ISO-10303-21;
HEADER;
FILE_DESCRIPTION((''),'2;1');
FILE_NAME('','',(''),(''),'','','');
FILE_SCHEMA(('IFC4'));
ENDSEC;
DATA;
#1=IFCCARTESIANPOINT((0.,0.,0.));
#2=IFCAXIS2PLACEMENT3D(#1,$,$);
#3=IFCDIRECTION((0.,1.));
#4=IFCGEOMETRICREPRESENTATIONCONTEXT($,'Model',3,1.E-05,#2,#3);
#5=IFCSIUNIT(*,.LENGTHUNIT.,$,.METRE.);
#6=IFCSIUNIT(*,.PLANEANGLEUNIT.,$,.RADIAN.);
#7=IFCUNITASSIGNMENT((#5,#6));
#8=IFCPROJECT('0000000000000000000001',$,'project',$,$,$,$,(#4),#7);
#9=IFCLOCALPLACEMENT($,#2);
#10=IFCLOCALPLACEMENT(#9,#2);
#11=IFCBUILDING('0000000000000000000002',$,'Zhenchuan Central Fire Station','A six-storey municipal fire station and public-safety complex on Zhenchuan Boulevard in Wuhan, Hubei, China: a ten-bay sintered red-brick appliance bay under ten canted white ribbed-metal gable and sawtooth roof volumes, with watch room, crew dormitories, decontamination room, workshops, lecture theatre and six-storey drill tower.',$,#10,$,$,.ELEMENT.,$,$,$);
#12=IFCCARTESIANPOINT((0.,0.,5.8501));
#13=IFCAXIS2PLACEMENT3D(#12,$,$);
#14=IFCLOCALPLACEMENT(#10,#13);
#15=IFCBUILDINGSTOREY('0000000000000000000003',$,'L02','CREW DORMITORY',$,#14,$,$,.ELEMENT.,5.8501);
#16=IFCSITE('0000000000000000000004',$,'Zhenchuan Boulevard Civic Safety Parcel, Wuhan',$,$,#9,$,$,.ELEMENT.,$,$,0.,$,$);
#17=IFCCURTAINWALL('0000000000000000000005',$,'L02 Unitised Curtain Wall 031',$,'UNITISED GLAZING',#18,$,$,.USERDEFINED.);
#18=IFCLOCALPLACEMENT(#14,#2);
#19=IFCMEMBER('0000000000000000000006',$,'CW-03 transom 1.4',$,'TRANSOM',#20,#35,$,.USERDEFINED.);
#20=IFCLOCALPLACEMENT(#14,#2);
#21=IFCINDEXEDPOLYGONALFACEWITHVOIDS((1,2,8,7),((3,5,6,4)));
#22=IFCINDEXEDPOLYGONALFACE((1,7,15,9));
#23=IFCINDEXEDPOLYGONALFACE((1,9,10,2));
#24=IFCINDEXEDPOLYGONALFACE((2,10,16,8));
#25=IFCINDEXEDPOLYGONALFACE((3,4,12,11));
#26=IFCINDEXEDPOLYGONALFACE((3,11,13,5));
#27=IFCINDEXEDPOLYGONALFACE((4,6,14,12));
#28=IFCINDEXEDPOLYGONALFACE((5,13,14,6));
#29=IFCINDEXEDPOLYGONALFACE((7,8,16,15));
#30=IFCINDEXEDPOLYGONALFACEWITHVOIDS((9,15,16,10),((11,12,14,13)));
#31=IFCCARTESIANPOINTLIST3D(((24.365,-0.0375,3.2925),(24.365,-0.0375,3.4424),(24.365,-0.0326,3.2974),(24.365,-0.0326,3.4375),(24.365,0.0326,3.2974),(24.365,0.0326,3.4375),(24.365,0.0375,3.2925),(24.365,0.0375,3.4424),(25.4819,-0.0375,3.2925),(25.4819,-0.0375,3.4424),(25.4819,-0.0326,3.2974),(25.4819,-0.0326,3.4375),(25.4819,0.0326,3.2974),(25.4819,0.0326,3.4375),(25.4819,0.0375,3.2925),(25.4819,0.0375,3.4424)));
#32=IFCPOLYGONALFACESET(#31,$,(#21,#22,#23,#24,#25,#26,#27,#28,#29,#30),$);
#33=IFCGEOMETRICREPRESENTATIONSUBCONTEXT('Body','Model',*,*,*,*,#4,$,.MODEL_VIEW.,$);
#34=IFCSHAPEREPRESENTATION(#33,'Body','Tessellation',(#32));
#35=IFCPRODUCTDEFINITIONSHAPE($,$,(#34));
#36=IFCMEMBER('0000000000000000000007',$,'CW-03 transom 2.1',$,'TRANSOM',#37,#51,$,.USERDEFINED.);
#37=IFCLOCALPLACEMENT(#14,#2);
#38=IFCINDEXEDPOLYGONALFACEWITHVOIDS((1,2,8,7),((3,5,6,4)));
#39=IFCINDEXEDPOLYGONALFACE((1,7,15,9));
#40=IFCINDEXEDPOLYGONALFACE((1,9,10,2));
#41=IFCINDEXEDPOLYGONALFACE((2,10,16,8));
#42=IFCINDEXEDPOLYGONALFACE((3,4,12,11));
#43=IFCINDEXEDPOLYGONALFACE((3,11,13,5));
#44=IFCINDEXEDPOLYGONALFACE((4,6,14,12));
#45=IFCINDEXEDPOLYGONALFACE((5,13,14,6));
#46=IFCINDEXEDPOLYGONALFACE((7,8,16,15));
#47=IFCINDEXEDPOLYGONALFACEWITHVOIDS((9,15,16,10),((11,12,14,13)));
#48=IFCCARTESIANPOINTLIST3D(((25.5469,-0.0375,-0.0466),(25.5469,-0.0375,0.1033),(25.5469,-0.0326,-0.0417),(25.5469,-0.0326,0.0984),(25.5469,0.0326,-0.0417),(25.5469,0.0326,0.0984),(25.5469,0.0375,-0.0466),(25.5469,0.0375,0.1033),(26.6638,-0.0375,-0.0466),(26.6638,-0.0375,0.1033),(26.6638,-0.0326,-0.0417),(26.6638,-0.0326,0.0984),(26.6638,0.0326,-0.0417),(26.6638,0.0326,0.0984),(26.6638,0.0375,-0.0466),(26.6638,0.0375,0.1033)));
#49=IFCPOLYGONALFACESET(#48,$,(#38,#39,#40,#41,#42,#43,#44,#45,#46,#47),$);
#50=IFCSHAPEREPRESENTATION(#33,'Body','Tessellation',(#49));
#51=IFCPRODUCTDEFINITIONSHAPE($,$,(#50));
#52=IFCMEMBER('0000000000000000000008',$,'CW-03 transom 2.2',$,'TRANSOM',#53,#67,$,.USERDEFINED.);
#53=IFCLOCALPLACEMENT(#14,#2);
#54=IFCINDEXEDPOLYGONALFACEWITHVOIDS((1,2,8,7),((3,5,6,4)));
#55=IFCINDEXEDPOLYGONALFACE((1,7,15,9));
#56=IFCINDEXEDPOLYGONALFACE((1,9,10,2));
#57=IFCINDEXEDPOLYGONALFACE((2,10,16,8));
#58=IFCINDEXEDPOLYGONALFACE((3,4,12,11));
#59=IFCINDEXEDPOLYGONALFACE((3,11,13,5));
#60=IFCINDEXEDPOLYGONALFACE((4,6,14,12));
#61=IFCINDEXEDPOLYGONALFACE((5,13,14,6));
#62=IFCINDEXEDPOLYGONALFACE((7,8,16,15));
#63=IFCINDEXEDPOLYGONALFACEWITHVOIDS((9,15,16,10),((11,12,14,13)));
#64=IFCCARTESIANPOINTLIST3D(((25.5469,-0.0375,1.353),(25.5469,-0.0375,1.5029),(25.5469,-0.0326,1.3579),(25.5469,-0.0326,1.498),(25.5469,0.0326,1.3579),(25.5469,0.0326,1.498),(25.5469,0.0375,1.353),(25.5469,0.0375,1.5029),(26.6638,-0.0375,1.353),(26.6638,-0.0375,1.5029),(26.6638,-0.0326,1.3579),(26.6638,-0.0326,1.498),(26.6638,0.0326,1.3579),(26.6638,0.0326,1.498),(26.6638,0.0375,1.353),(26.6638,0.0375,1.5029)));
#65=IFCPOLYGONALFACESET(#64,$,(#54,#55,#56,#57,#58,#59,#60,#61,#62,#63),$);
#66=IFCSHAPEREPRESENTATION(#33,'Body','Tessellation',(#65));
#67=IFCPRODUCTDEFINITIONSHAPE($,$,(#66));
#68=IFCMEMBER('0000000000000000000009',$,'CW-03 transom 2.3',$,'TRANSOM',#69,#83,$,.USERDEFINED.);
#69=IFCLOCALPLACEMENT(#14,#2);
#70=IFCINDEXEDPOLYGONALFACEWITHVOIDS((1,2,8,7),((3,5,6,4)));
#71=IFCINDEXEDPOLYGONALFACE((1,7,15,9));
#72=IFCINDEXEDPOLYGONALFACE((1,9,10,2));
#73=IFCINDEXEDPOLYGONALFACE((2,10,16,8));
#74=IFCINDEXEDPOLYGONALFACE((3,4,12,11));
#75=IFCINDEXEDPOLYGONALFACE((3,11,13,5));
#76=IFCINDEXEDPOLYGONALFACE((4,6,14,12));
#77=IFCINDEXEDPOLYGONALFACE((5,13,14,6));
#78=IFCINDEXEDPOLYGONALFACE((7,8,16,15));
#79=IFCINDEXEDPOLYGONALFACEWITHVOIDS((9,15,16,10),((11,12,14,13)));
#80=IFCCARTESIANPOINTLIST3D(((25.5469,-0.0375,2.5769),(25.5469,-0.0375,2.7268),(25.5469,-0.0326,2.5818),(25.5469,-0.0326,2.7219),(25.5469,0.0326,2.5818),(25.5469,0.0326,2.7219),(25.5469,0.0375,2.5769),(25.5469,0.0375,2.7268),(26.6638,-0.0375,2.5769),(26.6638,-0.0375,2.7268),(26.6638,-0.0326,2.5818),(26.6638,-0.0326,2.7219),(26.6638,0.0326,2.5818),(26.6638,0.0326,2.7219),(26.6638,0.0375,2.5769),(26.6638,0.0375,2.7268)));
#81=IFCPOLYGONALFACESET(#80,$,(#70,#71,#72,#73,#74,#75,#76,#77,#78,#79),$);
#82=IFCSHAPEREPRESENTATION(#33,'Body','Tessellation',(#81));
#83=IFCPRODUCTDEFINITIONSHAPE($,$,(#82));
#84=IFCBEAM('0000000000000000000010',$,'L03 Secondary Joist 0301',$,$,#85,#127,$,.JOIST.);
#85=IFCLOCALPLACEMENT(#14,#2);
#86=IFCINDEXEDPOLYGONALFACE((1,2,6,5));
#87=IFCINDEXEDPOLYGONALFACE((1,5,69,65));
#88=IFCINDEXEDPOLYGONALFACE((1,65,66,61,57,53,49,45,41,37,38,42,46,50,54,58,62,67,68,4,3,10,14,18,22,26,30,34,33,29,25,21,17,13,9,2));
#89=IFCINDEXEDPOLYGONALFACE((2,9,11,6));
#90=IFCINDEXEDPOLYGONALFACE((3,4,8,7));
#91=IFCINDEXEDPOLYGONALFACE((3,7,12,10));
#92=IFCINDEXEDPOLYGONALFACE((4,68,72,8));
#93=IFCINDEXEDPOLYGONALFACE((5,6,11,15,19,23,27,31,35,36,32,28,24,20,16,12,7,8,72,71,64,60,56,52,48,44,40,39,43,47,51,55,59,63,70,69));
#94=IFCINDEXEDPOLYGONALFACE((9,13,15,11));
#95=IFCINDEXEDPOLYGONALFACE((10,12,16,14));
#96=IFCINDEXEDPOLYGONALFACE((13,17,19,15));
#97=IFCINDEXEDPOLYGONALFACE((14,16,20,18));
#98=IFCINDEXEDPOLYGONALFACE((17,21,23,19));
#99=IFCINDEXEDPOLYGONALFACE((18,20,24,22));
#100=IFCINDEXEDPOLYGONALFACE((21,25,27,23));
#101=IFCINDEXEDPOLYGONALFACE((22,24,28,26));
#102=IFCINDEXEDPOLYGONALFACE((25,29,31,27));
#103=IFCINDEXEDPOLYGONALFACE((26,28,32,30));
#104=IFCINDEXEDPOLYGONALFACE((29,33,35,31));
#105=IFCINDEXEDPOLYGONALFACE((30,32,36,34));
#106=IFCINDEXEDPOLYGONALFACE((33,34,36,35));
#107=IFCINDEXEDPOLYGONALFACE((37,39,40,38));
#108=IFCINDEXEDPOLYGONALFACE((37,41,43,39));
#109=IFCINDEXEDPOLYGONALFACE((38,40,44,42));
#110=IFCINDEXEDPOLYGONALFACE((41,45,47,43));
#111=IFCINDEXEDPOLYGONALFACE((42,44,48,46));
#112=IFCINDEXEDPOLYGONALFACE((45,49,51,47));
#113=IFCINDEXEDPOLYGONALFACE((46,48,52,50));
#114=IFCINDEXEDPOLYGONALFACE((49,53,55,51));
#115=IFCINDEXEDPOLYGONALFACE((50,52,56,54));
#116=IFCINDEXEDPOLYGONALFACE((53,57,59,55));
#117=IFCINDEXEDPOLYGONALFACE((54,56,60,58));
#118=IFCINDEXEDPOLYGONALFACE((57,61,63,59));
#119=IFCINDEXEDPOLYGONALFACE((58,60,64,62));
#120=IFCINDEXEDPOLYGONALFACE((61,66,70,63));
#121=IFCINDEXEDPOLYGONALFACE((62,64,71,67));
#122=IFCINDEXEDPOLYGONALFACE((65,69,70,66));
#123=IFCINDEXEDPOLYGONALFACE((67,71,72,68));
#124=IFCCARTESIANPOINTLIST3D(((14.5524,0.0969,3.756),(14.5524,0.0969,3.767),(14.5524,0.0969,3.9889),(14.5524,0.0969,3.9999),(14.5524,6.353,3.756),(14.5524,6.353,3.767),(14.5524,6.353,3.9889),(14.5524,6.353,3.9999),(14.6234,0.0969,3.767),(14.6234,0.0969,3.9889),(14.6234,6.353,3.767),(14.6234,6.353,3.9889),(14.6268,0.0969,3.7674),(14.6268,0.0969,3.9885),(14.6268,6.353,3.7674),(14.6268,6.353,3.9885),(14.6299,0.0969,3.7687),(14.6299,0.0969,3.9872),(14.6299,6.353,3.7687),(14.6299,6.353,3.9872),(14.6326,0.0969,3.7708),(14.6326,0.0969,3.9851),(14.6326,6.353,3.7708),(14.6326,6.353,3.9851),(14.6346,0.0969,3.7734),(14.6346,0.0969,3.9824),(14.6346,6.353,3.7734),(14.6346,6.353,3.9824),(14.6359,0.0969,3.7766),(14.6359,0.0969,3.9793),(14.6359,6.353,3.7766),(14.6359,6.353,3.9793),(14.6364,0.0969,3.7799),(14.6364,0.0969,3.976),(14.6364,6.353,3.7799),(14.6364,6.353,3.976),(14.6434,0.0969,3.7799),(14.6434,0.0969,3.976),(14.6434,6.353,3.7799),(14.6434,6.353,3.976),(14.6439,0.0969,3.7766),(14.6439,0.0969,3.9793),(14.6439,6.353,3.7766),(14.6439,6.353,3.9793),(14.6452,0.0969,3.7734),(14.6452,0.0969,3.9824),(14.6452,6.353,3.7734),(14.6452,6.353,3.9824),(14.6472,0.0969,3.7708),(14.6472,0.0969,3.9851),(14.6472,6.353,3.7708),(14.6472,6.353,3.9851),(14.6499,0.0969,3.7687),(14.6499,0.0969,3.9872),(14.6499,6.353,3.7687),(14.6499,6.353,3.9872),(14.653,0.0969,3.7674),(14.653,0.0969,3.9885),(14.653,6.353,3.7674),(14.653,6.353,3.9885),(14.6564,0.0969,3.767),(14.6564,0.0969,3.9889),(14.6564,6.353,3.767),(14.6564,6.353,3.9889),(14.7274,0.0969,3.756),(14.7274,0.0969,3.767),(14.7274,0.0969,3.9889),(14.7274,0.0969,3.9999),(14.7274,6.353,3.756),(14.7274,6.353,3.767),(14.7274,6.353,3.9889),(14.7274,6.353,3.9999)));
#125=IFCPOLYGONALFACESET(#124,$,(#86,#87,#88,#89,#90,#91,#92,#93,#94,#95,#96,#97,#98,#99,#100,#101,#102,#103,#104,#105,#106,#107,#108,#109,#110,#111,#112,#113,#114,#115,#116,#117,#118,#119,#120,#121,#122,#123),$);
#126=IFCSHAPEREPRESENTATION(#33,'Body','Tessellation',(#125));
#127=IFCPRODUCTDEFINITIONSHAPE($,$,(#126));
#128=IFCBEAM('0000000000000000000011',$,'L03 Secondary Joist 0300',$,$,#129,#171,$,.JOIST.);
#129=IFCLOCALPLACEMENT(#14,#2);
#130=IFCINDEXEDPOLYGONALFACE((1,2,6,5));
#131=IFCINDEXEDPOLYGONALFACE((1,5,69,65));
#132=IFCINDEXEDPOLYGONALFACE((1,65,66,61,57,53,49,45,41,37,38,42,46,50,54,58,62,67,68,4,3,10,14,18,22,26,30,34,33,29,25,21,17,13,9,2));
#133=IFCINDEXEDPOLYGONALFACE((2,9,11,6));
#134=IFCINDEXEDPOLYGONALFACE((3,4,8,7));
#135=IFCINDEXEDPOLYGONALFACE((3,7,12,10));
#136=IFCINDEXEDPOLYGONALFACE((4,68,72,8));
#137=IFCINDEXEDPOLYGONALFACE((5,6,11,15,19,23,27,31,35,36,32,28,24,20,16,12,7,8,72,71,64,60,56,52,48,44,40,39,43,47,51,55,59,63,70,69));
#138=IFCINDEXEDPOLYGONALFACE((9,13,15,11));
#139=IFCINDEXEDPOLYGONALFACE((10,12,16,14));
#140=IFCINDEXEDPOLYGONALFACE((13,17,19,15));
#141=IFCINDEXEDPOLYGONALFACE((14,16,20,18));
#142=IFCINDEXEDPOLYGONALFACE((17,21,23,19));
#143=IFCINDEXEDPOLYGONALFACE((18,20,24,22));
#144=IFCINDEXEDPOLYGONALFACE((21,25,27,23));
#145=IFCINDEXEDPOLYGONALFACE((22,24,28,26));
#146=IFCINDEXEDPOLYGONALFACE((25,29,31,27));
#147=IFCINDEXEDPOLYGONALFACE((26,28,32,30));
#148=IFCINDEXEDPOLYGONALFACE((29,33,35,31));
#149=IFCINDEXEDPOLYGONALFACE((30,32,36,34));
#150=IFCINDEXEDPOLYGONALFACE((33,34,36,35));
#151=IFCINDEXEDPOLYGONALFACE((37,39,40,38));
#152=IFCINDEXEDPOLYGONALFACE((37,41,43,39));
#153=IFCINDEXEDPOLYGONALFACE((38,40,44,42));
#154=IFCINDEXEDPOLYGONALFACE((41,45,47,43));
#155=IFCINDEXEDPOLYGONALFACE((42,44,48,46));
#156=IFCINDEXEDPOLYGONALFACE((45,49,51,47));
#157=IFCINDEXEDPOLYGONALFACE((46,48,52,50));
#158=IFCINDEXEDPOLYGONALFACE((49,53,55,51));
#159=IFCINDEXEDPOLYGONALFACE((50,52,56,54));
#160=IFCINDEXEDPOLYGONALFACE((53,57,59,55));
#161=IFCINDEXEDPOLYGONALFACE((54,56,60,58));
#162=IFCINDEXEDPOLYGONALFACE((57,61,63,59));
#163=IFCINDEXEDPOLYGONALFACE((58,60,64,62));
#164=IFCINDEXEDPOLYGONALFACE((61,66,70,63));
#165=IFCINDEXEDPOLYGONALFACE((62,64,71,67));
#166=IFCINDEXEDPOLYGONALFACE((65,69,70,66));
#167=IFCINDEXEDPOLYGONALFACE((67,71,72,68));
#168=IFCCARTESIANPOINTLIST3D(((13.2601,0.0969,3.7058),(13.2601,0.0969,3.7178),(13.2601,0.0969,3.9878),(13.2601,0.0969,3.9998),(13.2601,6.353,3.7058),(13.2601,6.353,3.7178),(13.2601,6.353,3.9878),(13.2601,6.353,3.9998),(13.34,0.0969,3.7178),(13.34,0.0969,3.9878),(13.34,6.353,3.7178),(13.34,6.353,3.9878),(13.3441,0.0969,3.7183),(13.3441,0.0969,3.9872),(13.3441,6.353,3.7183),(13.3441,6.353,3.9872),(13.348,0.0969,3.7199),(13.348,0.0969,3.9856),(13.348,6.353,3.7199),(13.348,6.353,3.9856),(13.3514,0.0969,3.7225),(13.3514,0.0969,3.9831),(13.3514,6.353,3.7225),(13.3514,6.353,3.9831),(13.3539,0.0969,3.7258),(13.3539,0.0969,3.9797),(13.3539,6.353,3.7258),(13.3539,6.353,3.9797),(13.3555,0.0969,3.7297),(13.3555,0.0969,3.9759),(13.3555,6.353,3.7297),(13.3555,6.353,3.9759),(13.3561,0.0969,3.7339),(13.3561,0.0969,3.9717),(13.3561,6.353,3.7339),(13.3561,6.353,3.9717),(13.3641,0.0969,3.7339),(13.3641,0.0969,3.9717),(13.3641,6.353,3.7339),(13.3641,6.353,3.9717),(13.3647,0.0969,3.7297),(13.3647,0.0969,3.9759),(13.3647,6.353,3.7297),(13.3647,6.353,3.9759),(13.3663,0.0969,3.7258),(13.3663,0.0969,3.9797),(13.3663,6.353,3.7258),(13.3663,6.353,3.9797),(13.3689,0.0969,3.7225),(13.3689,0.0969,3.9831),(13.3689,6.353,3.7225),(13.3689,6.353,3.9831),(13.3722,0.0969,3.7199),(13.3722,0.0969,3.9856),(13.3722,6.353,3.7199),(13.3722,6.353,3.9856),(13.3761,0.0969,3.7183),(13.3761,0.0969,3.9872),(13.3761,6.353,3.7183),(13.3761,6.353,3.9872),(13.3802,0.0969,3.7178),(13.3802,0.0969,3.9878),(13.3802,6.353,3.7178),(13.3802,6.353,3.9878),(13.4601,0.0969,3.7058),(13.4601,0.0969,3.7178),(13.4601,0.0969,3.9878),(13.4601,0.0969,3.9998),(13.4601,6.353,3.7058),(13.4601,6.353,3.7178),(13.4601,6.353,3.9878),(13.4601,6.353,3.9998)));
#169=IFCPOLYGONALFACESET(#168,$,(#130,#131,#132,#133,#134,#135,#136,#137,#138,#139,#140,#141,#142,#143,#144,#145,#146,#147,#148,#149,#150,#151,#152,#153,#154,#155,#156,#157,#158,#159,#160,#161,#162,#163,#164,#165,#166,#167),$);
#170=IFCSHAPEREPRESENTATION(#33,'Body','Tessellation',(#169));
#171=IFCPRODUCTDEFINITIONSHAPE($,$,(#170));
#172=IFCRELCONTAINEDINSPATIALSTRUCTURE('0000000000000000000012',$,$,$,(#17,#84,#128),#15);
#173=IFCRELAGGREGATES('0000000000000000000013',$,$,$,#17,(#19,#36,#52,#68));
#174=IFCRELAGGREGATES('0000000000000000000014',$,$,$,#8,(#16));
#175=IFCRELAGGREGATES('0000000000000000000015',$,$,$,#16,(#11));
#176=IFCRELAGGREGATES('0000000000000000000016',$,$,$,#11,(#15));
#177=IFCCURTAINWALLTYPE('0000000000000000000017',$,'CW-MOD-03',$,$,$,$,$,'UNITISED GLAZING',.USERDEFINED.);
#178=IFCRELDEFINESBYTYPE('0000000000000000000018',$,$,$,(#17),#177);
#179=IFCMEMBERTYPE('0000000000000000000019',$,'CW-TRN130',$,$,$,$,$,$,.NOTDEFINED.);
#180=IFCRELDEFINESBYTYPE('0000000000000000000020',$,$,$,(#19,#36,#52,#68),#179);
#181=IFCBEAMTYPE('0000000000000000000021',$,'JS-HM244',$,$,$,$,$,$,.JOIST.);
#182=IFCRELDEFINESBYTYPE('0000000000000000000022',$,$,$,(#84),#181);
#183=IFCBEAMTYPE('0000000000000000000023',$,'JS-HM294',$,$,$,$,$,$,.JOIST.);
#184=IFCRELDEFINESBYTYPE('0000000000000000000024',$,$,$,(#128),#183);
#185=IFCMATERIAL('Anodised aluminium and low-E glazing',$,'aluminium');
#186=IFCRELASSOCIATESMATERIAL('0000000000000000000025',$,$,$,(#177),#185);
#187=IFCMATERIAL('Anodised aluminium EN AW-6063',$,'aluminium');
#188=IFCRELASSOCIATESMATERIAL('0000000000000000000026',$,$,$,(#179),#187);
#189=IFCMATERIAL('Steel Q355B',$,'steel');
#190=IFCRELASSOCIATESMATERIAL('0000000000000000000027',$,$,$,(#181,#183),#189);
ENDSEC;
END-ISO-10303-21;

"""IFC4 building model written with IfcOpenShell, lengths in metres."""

from ifc_helpers import new_model, si_unit, direction, frame, origin, origin_2d, place, context, subcontext, project, spatial, hollow_rectangle, i_section, extrude, material, material_profile, profile_set, type_object, element, aggregate, save


model = new_model("IFC4")

# Units and contexts
model_context = context("Model", 3, precision=1e-05, world=origin(), true_north=direction((0.0, 1.0)))
body_context = subcontext(model_context, "Body", "Model", "MODEL_VIEW")
ifc_project = project(units=[si_unit("LENGTHUNIT", "METRE"), si_unit("PLANEANGLEUNIT", "RADIAN")], contexts=[model_context])

# Site, building, storey
site_placement = place(None, origin())
site = spatial("IfcSite", under=ifc_project, at=site_placement, Name="Zhenchuan Boulevard Civic Safety Parcel, Wuhan", CompositionType="ELEMENT", RefElevation=0.0)
building_placement = place(site_placement, origin())
building = spatial("IfcBuilding", under=site, at=building_placement, Name="Zhenchuan Central Fire Station", Description="A six-storey municipal fire station and public-safety complex on Zhenchuan Boulevard in Wuhan, Hubei, China: a ten-bay sintered red-brick appliance bay under ten canted white ribbed-metal gable and sawtooth roof volumes, with watch room, crew dormitories, decontamination room, workshops, lecture theatre and six-storey drill tower.", CompositionType="ELEMENT")
storey_placement = place(building_placement, frame((0.0, 0.0, 5.8501)))
storey = spatial("IfcBuildingStorey", under=building, at=storey_placement, Name="L02", Description="CREW DORMITORY", CompositionType="ELEMENT", Elevation=5.8501)

# Shared definitions
ifc_material_1 = material(Name="Steel Q355B", Category="steel")

# Curtain wall
ifc_material_2 = material(Name="Anodised aluminium and low-E glazing", Category="aluminium")
ifc_material_3 = material(Name="Anodised aluminium EN AW-6063", Category="aluminium")
curtain_wall_type_1 = type_object("IfcCurtainWallType", Name="CW-MOD-03", ElementType="UNITISED GLAZING", PredefinedType="USERDEFINED", material=ifc_material_2)
curtain_wall_1_placement = place(storey_placement, origin())
curtain_wall_1 = element("IfcCurtainWall", 1, at=curtain_wall_1_placement, inside=storey, type_object=curtain_wall_type_1, Name="L02 Unitised Curtain Wall 031", ObjectType="UNITISED GLAZING", PredefinedType="USERDEFINED")

# Members
ifc_material_profile_1 = material_profile(ifc_material_3, hollow_rectangle(XDim=0.075, YDim=0.1499, WallThickness=0.0049, at=origin_2d()), Name="ALU-T 150x75")
ifc_profile_set_1 = profile_set([ifc_material_profile_1], Name="Anodised aluminium EN AW-6063")
member_type_1 = type_object("IfcMemberType", Name="CW-TRN130", PredefinedType="NOTDEFINED", material=ifc_profile_set_1)
member_1_placement = place(storey_placement, frame((24.365, 0.0, 3.3674), z_axis=(1.0, 0.0, 0.0), x_axis=(0.0, 1.0, 0.0)))
member_1 = element("IfcMember", 2, at=member_1_placement, type_object=member_type_1, Name="CW-03 transom 1.4", ObjectType="TRANSOM", PredefinedType="USERDEFINED", context=body_context, shape_type="SweptSolid", body=[
    extrude(hollow_rectangle(XDim=0.075, YDim=0.1499, WallThickness=0.0049, at=origin_2d()), origin(), (0.0, 0.0, 1.0), 1.1169),
])
member_2_placement = place(storey_placement, frame((25.5469, 0.0, 0.0283), z_axis=(1.0, 0.0, 0.0), x_axis=(0.0, 1.0, 0.0)))
member_2 = element("IfcMember", 3, at=member_2_placement, type_object=member_type_1, Name="CW-03 transom 2.1", ObjectType="TRANSOM", PredefinedType="USERDEFINED", context=body_context, shape_type="SweptSolid", body=[
    extrude(hollow_rectangle(XDim=0.075, YDim=0.1499, WallThickness=0.0049, at=origin_2d()), origin(), (0.0, 0.0, 1.0), 1.1169),
])
member_3_placement = place(storey_placement, frame((25.5469, 0.0, 1.428), z_axis=(1.0, 0.0, 0.0), x_axis=(0.0, 1.0, 0.0)))
member_3 = element("IfcMember", 4, at=member_3_placement, type_object=member_type_1, Name="CW-03 transom 2.2", ObjectType="TRANSOM", PredefinedType="USERDEFINED", context=body_context, shape_type="SweptSolid", body=[
    extrude(hollow_rectangle(XDim=0.075, YDim=0.1499, WallThickness=0.0049, at=origin_2d()), origin(), (0.0, 0.0, 1.0), 1.1169),
])
member_4_placement = place(storey_placement, frame((25.5469, 0.0, 2.6519), z_axis=(1.0, 0.0, 0.0), x_axis=(0.0, 1.0, 0.0)))
member_4 = element("IfcMember", 5, at=member_4_placement, type_object=member_type_1, Name="CW-03 transom 2.3", ObjectType="TRANSOM", PredefinedType="USERDEFINED", context=body_context, shape_type="SweptSolid", body=[
    extrude(hollow_rectangle(XDim=0.075, YDim=0.1499, WallThickness=0.0049, at=origin_2d()), origin(), (0.0, 0.0, 1.0), 1.1169),
])

# Beams
ifc_material_profile_2 = material_profile(ifc_material_1, i_section(OverallWidth=0.175, OverallDepth=0.2439, WebThickness=0.0071, FlangeThickness=0.011, FilletRadius=0.0129, at=origin_2d()), Name="HM 244x175")
ifc_profile_set_2 = profile_set([ifc_material_profile_2], Name="Steel Q355B")
beam_type_1 = type_object("IfcBeamType", Name="JS-HM244", PredefinedType="JOIST", material=ifc_profile_set_2)
beam_1_placement = place(storey_placement, frame((14.6399, 0.0969, 3.8779), z_axis=(0.0, 1.0, 0.0), x_axis=(-1.0, 0.0, 0.0)))
element("IfcBeam", 6, at=beam_1_placement, inside=storey, type_object=beam_type_1, Name="L03 Secondary Joist 0301", PredefinedType="JOIST", context=body_context, shape_type="SweptSolid", body=[
    extrude(i_section(OverallWidth=0.175, OverallDepth=0.2439, WebThickness=0.0071, FlangeThickness=0.011, FilletRadius=0.0129, at=origin_2d()), origin(), (0.0, 0.0, 1.0), 6.2561),
])
ifc_material_profile_3 = material_profile(ifc_material_1, i_section(OverallWidth=0.2, OverallDepth=0.2939, WebThickness=0.0081, FlangeThickness=0.012, FilletRadius=0.0161, at=origin_2d()), Name="HM 294x200")
ifc_profile_set_3 = profile_set([ifc_material_profile_3], Name="Steel Q355B")
beam_type_2 = type_object("IfcBeamType", Name="JS-HM294", PredefinedType="JOIST", material=ifc_profile_set_3)
beam_2_placement = place(storey_placement, frame((13.3601, 0.0969, 3.8528), z_axis=(0.0, 1.0, 0.0), x_axis=(-1.0, 0.0, 0.0)))
element("IfcBeam", 7, at=beam_2_placement, inside=storey, type_object=beam_type_2, Name="L03 Secondary Joist 0300", PredefinedType="JOIST", context=body_context, shape_type="SweptSolid", body=[
    extrude(i_section(OverallWidth=0.2, OverallDepth=0.2939, WebThickness=0.0081, FlangeThickness=0.012, FilletRadius=0.0161, at=origin_2d()), origin(), (0.0, 0.0, 1.0), 6.2561),
])

aggregate(curtain_wall_1, [member_1, member_2, member_3, member_4])

save(model, "model.ifc")
